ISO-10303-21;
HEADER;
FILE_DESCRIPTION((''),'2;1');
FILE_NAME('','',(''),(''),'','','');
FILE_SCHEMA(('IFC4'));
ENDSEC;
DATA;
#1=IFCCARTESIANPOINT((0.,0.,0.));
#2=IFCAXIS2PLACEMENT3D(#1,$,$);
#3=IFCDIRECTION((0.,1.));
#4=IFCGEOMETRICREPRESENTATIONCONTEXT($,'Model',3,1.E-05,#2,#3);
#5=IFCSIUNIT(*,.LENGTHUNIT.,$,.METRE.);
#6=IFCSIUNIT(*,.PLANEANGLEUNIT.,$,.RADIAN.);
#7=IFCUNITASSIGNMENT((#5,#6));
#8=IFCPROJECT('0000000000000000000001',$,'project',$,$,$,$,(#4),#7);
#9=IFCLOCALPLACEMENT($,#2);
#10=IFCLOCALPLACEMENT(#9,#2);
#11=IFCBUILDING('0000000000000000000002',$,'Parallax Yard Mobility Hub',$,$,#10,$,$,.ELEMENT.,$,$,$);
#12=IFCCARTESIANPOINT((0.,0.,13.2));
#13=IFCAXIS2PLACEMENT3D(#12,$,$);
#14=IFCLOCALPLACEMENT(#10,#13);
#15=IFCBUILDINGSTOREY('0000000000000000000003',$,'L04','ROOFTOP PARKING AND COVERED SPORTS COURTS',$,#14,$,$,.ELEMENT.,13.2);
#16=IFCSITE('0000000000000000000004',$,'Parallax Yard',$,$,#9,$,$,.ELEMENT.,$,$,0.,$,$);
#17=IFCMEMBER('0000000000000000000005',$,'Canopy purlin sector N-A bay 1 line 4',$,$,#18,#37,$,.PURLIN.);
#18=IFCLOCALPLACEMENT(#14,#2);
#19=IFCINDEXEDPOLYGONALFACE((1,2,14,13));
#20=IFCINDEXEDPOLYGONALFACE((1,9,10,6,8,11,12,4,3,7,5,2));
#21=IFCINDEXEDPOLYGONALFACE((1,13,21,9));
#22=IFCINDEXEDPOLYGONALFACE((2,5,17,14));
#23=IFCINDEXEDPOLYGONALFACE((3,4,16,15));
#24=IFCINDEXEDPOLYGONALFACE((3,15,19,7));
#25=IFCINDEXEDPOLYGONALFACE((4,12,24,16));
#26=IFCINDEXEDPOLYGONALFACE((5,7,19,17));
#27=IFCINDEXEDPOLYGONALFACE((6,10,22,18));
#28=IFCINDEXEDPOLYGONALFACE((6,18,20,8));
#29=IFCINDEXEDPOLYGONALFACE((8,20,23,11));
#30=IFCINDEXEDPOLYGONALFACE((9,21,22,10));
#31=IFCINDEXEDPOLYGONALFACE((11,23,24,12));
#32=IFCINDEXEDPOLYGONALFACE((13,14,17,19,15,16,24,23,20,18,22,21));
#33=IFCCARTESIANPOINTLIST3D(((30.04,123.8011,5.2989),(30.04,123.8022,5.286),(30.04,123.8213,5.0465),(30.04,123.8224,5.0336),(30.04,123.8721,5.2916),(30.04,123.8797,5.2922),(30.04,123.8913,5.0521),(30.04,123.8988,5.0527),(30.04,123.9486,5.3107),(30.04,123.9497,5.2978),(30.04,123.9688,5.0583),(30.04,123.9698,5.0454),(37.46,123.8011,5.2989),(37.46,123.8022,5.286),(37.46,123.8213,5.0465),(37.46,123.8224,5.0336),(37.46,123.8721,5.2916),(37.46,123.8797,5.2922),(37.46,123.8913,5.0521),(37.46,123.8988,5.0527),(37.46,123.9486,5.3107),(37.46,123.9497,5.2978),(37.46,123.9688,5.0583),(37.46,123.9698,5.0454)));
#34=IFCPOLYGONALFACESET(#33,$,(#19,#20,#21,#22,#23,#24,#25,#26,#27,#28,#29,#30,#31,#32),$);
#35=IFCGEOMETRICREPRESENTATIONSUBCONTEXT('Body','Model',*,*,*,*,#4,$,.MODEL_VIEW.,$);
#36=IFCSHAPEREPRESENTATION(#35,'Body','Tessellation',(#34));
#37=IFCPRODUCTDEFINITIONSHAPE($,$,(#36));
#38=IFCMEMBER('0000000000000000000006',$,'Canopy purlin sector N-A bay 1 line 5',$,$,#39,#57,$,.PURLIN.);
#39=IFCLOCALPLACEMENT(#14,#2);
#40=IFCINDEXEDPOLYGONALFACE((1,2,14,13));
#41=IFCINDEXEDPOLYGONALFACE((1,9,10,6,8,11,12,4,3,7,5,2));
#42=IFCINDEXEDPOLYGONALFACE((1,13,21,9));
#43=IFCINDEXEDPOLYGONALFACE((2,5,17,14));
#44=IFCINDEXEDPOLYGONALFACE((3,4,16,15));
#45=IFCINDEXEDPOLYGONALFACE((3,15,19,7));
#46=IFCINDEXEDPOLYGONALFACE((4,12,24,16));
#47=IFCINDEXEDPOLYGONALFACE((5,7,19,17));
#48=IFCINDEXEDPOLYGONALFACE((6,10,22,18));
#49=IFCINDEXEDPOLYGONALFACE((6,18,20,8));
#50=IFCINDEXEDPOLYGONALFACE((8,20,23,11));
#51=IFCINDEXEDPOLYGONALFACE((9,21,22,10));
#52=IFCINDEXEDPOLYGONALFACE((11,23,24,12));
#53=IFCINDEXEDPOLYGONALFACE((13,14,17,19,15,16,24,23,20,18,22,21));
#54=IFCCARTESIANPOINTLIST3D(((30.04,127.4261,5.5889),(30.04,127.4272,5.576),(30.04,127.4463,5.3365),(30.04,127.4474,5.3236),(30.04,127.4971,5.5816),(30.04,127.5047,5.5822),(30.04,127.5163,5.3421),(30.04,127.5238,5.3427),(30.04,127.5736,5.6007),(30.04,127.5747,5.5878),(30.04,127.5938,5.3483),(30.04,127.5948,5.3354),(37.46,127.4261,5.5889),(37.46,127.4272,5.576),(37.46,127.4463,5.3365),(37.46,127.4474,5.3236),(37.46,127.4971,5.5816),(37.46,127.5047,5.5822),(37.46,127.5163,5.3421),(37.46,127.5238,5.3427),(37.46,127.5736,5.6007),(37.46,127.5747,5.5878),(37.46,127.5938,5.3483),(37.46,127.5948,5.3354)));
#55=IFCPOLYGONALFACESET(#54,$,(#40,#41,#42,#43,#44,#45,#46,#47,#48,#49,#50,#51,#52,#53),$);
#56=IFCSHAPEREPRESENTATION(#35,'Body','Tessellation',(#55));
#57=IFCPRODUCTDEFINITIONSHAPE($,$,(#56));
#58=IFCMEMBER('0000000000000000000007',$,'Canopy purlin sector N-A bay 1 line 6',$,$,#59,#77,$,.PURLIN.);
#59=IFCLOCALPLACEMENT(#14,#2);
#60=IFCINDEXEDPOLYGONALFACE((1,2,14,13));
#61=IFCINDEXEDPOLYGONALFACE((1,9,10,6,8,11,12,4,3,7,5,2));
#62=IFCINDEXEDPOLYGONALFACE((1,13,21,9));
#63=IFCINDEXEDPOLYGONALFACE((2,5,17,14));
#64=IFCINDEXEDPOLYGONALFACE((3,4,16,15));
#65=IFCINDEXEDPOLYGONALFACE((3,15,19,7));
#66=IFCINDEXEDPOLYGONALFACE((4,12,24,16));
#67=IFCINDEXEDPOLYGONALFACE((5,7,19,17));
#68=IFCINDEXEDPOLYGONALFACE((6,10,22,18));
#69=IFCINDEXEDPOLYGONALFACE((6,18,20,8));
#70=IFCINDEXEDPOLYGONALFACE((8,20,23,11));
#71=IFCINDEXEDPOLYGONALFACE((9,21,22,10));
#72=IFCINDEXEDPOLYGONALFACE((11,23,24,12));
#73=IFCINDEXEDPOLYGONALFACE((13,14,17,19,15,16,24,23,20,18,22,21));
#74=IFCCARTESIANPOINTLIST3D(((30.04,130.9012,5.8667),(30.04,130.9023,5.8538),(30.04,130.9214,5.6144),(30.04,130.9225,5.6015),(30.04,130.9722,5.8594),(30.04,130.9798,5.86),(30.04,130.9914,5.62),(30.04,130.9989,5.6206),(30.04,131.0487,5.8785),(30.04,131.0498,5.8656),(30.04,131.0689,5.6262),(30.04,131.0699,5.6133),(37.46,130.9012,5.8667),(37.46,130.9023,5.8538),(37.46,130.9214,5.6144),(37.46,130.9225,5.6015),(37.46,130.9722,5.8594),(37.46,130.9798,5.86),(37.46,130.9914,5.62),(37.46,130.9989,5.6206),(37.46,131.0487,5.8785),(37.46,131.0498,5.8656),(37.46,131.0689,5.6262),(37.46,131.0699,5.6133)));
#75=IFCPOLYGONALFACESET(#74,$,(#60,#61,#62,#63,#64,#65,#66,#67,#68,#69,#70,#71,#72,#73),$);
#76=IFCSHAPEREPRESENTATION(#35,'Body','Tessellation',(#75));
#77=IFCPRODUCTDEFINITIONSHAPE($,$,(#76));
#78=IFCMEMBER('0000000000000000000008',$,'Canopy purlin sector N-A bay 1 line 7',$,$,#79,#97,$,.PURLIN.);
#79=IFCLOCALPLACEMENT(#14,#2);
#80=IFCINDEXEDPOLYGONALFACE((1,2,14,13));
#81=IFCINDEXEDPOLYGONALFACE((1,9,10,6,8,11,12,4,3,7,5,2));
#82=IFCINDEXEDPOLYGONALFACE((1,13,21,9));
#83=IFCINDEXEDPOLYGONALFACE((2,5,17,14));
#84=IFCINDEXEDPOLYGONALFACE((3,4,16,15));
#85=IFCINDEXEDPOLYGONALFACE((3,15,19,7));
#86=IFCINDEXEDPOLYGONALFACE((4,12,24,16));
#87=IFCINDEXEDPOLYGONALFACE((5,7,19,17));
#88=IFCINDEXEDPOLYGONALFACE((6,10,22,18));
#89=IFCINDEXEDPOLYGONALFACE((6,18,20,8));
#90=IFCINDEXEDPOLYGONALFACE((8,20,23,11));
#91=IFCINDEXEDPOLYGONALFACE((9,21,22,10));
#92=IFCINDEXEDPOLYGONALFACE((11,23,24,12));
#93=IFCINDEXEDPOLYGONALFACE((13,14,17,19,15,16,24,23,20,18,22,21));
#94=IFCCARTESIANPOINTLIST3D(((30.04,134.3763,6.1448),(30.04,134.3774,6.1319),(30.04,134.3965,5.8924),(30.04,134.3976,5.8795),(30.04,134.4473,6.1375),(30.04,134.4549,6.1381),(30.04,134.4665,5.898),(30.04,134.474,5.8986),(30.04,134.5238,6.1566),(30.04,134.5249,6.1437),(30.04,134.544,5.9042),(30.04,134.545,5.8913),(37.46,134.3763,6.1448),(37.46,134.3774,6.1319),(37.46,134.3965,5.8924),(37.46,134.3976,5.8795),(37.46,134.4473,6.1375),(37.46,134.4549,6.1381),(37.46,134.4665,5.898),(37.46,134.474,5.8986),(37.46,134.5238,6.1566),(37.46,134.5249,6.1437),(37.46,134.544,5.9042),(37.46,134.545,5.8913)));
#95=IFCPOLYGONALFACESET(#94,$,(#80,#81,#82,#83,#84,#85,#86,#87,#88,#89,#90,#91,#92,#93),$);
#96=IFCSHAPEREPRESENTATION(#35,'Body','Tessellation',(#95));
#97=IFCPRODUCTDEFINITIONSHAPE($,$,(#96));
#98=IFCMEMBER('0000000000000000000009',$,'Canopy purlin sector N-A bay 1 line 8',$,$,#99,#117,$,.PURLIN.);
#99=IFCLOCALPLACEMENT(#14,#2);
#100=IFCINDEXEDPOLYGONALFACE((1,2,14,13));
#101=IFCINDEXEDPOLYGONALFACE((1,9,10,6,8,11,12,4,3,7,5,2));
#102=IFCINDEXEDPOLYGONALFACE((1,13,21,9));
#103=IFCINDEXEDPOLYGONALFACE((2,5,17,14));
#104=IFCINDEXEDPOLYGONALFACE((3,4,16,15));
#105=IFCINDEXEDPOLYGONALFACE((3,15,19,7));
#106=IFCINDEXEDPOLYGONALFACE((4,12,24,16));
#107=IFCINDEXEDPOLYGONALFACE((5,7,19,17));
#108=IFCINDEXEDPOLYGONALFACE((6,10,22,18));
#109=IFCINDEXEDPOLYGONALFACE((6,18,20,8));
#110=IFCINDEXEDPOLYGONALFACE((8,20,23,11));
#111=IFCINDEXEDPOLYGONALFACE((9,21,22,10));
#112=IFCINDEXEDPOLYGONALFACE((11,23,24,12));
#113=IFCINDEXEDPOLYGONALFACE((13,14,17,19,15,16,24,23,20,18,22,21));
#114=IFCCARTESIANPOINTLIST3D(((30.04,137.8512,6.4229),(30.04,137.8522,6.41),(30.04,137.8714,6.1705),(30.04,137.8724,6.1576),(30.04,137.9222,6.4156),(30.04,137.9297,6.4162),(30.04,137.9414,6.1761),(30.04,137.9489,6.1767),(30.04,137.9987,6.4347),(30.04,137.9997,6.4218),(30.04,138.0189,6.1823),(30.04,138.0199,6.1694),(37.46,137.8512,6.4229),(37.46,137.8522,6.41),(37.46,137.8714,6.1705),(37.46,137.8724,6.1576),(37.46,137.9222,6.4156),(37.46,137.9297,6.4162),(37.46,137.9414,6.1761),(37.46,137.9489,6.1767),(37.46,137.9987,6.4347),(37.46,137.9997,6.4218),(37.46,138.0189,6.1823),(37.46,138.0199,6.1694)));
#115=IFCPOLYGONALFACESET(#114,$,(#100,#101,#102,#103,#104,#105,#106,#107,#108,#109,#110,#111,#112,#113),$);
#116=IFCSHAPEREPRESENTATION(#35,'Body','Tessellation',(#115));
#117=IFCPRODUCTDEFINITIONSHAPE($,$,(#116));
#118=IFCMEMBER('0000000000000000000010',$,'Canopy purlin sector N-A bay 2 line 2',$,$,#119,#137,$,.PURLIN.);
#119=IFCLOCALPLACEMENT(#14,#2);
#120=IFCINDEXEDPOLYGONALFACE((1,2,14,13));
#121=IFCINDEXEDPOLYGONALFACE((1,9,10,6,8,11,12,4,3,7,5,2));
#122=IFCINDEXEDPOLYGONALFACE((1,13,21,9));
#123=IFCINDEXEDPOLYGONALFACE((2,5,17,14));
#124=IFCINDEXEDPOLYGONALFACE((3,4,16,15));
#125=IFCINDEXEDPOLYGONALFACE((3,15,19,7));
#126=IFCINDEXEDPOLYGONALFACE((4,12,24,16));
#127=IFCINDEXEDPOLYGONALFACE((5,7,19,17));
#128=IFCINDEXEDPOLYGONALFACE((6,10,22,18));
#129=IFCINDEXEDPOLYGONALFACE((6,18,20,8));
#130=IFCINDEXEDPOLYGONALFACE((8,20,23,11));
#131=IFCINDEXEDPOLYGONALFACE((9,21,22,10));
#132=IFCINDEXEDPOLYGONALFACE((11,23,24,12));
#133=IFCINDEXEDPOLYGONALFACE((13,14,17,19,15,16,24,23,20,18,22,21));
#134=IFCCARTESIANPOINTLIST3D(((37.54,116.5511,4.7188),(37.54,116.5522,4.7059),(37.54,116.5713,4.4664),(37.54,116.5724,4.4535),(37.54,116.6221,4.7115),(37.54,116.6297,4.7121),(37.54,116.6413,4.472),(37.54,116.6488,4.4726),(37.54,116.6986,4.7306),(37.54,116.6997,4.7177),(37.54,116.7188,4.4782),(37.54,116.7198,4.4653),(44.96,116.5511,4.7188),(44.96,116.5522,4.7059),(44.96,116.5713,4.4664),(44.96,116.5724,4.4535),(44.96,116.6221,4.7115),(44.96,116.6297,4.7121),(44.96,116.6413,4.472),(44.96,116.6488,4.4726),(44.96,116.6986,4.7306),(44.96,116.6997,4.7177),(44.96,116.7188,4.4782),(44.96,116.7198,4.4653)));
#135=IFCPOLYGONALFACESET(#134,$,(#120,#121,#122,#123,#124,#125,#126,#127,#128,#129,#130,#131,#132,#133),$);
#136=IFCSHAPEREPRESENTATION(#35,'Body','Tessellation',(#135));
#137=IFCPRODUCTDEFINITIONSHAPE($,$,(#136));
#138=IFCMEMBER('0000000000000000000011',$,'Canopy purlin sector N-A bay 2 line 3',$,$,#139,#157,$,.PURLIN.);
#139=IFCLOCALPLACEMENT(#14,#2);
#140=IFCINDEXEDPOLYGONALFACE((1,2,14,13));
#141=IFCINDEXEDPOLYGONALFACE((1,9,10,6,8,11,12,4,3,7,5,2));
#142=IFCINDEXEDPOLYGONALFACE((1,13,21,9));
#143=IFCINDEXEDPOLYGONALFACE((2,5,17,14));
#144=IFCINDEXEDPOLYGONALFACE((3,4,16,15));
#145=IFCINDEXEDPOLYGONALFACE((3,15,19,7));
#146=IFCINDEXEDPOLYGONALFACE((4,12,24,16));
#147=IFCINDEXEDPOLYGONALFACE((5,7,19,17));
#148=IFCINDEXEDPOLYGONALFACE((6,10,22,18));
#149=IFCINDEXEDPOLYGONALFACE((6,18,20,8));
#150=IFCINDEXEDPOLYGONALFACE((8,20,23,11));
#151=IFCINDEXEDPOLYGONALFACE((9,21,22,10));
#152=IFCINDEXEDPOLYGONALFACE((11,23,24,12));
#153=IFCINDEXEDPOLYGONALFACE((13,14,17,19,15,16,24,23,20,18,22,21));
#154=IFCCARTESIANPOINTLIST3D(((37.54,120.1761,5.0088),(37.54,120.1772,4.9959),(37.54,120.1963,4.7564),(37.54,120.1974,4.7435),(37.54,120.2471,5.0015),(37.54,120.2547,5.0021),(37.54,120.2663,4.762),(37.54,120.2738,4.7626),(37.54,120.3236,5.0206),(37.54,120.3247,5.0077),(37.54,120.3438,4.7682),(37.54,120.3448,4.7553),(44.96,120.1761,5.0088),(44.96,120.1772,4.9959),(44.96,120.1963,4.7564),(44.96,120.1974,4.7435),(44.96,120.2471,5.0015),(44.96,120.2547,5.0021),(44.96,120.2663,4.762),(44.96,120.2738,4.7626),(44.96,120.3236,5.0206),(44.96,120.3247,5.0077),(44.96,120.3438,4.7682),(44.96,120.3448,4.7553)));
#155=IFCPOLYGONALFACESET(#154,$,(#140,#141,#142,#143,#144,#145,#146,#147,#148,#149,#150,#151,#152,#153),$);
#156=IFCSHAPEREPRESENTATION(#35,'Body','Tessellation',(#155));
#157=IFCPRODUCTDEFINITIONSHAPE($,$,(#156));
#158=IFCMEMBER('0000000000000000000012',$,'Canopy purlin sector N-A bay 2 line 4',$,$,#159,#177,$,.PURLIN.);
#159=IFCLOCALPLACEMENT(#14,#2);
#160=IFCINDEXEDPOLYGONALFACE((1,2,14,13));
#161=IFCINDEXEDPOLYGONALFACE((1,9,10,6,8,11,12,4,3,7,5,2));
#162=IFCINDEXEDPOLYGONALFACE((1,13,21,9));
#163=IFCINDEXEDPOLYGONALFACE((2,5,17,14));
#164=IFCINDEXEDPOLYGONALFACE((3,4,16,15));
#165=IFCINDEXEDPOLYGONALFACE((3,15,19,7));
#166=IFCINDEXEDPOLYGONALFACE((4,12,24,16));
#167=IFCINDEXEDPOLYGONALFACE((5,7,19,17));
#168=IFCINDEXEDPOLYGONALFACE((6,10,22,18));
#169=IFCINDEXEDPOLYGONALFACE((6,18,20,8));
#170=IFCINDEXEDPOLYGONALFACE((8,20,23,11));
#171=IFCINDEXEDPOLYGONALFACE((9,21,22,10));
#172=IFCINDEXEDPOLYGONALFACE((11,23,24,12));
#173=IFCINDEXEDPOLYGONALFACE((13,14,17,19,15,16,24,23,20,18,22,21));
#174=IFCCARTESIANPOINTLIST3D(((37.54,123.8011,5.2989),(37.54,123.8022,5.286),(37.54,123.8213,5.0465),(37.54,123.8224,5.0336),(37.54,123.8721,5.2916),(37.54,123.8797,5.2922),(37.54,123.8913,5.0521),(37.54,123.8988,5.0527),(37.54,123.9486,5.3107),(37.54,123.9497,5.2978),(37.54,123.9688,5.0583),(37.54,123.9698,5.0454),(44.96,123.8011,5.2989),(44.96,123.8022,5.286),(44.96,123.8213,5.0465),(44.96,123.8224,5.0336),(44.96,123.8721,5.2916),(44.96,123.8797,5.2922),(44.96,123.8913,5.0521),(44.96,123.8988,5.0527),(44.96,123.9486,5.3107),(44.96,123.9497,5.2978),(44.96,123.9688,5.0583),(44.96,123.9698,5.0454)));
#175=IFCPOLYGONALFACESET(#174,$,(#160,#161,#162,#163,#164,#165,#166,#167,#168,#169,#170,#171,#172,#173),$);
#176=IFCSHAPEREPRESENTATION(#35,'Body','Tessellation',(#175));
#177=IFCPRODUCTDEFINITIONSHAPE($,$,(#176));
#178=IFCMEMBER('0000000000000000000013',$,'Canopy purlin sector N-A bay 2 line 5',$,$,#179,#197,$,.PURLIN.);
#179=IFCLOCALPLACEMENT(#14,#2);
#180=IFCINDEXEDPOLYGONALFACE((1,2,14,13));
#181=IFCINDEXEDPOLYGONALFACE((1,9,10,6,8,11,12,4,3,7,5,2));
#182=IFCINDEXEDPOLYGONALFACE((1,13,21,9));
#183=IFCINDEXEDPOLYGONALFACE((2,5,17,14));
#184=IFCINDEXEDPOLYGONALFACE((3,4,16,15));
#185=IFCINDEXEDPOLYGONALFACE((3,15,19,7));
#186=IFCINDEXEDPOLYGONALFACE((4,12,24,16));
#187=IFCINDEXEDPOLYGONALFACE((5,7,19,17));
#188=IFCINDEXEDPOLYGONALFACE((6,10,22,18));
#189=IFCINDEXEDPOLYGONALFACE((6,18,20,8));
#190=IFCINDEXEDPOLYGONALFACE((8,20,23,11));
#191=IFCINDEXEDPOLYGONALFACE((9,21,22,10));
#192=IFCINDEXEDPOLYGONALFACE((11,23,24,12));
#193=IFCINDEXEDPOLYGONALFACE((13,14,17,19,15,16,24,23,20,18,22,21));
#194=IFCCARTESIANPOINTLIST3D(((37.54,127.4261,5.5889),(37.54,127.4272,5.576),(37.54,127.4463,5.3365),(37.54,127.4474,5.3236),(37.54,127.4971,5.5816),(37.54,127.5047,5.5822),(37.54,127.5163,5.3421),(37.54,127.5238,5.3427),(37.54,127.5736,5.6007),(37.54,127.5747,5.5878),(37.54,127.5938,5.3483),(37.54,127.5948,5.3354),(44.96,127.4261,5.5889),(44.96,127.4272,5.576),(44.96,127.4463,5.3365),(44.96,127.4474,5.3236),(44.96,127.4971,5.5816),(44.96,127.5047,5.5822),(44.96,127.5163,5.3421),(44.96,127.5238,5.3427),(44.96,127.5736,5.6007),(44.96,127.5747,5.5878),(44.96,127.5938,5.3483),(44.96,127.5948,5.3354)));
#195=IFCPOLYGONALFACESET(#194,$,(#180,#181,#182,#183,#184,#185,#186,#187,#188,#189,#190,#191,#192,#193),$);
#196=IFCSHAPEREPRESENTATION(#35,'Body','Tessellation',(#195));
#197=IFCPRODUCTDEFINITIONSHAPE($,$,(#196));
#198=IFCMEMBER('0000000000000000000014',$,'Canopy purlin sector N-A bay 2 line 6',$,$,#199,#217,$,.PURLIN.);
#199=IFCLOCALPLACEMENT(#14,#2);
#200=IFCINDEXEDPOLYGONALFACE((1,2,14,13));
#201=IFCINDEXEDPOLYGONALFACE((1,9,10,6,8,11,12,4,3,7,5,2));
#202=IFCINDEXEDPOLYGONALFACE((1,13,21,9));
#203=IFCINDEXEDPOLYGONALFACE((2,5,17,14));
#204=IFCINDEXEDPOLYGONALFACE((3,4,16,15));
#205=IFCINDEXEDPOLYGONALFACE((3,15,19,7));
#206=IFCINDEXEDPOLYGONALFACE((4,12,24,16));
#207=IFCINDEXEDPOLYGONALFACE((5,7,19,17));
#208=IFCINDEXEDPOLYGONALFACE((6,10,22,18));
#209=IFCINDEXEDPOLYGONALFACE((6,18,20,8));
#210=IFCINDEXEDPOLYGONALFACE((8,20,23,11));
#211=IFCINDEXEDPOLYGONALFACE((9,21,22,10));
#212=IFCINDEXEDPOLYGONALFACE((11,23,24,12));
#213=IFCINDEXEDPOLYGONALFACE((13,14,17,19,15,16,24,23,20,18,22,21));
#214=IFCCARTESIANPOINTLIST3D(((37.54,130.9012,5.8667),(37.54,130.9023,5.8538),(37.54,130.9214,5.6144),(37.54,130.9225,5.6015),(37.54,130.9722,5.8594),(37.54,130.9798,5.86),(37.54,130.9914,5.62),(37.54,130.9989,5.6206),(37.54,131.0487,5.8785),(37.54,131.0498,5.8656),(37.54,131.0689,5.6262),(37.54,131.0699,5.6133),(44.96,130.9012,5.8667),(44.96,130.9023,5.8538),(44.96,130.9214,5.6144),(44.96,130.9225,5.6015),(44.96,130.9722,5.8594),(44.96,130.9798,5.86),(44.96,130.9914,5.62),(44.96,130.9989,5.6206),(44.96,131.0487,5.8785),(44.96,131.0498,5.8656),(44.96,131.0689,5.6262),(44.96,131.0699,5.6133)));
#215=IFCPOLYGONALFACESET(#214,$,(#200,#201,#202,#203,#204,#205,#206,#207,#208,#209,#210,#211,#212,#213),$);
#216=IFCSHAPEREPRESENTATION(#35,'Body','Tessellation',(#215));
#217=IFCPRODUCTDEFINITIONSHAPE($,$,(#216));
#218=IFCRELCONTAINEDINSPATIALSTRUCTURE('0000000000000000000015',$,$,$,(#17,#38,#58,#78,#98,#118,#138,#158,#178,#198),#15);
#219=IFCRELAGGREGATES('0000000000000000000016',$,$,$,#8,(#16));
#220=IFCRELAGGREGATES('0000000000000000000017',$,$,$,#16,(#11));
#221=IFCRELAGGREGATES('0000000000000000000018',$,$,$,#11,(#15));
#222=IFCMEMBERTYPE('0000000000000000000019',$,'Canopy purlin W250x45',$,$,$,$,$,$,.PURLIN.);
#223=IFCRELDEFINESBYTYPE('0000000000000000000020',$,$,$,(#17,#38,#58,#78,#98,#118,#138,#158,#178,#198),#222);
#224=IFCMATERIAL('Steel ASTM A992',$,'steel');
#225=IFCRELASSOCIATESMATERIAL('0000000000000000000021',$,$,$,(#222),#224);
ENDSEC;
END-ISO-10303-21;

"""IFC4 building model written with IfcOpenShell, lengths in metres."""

from ifc_helpers import new_model, si_unit, direction, frame, origin, origin_2d, place, context, subcontext, project, spatial, i_section, extrude, material, material_profile, profile_set, type_object, element, save


model = new_model("IFC4")

# Units and contexts
model_context = context("Model", 3, precision=1e-05, world=origin(), true_north=direction((0.0, 1.0)))
body_context = subcontext(model_context, "Body", "Model", "MODEL_VIEW")
ifc_project = project(units=[si_unit("LENGTHUNIT", "METRE"), si_unit("PLANEANGLEUNIT", "RADIAN")], contexts=[model_context])

# Site, building, storey
site_placement = place(None, origin())
site = spatial("IfcSite", under=ifc_project, at=site_placement, Name="Parallax Yard", CompositionType="ELEMENT", RefElevation=0.0)
building_placement = place(site_placement, origin())
building = spatial("IfcBuilding", under=site, at=building_placement, Name="Parallax Yard Mobility Hub", CompositionType="ELEMENT")
storey_placement = place(building_placement, frame((0.0, 0.0, 13.2)))
storey = spatial("IfcBuildingStorey", under=building, at=storey_placement, Name="L04", Description="ROOFTOP PARKING AND COVERED SPORTS COURTS", CompositionType="ELEMENT", Elevation=13.2)

# Members
ifc_material_1 = material(Name="Steel ASTM A992", Category="steel")
ifc_material_profile_1 = material_profile(ifc_material_1, i_section(OverallWidth=0.1479, OverallDepth=0.2661, WebThickness=0.0076, FlangeThickness=0.0129, at=origin_2d()), Name="W250x45")
ifc_profile_set_1 = profile_set([ifc_material_profile_1], Name="Steel ASTM A992")
member_type_1 = type_object("IfcMemberType", Name="Canopy purlin W250x45", PredefinedType="PURLIN", material=ifc_profile_set_1)
for number, where, z_axis, x_axis, name in (
    (1, (30.04, 123.8855, 5.1721), (1.0, 0.0, 0.0), (0.0, 0.996815, 0.079745), "Canopy purlin sector N-A bay 1 line 4"),
    (2, (30.04, 127.5105, 5.4622), (1.0, 0.0, 0.0), (0.0, 0.996815, 0.079745), "Canopy purlin sector N-A bay 1 line 5"),
    (3, (30.04, 130.9856, 5.74), (1.0, 0.0, 0.0), (0.0, 0.996815, 0.079745), "Canopy purlin sector N-A bay 1 line 6"),
    (4, (30.04, 134.4607, 6.0181), (1.0, 0.0, 0.0), (0.0, 0.996815, 0.079745), "Canopy purlin sector N-A bay 1 line 7"),
    (5, (30.04, 137.9355, 6.2961), (1.0, 0.0, 0.0), (0.0, 0.996815, 0.079745), "Canopy purlin sector N-A bay 1 line 8"),
    (6, (37.54, 116.6355, 4.592), (1.0, 0.0, 0.0), (0.0, 0.996815, 0.079745), "Canopy purlin sector N-A bay 2 line 2"),
    (7, (37.54, 120.2605, 4.8821), (1.0, 0.0, 0.0), (0.0, 0.996815, 0.079745), "Canopy purlin sector N-A bay 2 line 3"),
    (8, (37.54, 123.8855, 5.1721), (1.0, 0.0, 0.0), (0.0, 0.996815, 0.079745), "Canopy purlin sector N-A bay 2 line 4"),
    (9, (37.54, 127.5105, 5.4622), (1.0, 0.0, 0.0), (0.0, 0.996815, 0.079745), "Canopy purlin sector N-A bay 2 line 5"),
    (10, (37.54, 130.9856, 5.74), (1.0, 0.0, 0.0), (0.0, 0.996815, 0.079745), "Canopy purlin sector N-A bay 2 line 6"),
):
    element("IfcMember", number, at=place(storey_placement, frame(where, z_axis=z_axis, x_axis=x_axis)), inside=storey, type_object=member_type_1, Name=name, PredefinedType="PURLIN", context=body_context, shape_type="SweptSolid", body=[
        extrude(i_section(OverallWidth=0.1479, OverallDepth=0.2661, WebThickness=0.0076, FlangeThickness=0.0129, at=origin_2d()), origin(), (0.0, 0.0, 1.0), 7.4199),
    ])

save(model, "model.ifc")
